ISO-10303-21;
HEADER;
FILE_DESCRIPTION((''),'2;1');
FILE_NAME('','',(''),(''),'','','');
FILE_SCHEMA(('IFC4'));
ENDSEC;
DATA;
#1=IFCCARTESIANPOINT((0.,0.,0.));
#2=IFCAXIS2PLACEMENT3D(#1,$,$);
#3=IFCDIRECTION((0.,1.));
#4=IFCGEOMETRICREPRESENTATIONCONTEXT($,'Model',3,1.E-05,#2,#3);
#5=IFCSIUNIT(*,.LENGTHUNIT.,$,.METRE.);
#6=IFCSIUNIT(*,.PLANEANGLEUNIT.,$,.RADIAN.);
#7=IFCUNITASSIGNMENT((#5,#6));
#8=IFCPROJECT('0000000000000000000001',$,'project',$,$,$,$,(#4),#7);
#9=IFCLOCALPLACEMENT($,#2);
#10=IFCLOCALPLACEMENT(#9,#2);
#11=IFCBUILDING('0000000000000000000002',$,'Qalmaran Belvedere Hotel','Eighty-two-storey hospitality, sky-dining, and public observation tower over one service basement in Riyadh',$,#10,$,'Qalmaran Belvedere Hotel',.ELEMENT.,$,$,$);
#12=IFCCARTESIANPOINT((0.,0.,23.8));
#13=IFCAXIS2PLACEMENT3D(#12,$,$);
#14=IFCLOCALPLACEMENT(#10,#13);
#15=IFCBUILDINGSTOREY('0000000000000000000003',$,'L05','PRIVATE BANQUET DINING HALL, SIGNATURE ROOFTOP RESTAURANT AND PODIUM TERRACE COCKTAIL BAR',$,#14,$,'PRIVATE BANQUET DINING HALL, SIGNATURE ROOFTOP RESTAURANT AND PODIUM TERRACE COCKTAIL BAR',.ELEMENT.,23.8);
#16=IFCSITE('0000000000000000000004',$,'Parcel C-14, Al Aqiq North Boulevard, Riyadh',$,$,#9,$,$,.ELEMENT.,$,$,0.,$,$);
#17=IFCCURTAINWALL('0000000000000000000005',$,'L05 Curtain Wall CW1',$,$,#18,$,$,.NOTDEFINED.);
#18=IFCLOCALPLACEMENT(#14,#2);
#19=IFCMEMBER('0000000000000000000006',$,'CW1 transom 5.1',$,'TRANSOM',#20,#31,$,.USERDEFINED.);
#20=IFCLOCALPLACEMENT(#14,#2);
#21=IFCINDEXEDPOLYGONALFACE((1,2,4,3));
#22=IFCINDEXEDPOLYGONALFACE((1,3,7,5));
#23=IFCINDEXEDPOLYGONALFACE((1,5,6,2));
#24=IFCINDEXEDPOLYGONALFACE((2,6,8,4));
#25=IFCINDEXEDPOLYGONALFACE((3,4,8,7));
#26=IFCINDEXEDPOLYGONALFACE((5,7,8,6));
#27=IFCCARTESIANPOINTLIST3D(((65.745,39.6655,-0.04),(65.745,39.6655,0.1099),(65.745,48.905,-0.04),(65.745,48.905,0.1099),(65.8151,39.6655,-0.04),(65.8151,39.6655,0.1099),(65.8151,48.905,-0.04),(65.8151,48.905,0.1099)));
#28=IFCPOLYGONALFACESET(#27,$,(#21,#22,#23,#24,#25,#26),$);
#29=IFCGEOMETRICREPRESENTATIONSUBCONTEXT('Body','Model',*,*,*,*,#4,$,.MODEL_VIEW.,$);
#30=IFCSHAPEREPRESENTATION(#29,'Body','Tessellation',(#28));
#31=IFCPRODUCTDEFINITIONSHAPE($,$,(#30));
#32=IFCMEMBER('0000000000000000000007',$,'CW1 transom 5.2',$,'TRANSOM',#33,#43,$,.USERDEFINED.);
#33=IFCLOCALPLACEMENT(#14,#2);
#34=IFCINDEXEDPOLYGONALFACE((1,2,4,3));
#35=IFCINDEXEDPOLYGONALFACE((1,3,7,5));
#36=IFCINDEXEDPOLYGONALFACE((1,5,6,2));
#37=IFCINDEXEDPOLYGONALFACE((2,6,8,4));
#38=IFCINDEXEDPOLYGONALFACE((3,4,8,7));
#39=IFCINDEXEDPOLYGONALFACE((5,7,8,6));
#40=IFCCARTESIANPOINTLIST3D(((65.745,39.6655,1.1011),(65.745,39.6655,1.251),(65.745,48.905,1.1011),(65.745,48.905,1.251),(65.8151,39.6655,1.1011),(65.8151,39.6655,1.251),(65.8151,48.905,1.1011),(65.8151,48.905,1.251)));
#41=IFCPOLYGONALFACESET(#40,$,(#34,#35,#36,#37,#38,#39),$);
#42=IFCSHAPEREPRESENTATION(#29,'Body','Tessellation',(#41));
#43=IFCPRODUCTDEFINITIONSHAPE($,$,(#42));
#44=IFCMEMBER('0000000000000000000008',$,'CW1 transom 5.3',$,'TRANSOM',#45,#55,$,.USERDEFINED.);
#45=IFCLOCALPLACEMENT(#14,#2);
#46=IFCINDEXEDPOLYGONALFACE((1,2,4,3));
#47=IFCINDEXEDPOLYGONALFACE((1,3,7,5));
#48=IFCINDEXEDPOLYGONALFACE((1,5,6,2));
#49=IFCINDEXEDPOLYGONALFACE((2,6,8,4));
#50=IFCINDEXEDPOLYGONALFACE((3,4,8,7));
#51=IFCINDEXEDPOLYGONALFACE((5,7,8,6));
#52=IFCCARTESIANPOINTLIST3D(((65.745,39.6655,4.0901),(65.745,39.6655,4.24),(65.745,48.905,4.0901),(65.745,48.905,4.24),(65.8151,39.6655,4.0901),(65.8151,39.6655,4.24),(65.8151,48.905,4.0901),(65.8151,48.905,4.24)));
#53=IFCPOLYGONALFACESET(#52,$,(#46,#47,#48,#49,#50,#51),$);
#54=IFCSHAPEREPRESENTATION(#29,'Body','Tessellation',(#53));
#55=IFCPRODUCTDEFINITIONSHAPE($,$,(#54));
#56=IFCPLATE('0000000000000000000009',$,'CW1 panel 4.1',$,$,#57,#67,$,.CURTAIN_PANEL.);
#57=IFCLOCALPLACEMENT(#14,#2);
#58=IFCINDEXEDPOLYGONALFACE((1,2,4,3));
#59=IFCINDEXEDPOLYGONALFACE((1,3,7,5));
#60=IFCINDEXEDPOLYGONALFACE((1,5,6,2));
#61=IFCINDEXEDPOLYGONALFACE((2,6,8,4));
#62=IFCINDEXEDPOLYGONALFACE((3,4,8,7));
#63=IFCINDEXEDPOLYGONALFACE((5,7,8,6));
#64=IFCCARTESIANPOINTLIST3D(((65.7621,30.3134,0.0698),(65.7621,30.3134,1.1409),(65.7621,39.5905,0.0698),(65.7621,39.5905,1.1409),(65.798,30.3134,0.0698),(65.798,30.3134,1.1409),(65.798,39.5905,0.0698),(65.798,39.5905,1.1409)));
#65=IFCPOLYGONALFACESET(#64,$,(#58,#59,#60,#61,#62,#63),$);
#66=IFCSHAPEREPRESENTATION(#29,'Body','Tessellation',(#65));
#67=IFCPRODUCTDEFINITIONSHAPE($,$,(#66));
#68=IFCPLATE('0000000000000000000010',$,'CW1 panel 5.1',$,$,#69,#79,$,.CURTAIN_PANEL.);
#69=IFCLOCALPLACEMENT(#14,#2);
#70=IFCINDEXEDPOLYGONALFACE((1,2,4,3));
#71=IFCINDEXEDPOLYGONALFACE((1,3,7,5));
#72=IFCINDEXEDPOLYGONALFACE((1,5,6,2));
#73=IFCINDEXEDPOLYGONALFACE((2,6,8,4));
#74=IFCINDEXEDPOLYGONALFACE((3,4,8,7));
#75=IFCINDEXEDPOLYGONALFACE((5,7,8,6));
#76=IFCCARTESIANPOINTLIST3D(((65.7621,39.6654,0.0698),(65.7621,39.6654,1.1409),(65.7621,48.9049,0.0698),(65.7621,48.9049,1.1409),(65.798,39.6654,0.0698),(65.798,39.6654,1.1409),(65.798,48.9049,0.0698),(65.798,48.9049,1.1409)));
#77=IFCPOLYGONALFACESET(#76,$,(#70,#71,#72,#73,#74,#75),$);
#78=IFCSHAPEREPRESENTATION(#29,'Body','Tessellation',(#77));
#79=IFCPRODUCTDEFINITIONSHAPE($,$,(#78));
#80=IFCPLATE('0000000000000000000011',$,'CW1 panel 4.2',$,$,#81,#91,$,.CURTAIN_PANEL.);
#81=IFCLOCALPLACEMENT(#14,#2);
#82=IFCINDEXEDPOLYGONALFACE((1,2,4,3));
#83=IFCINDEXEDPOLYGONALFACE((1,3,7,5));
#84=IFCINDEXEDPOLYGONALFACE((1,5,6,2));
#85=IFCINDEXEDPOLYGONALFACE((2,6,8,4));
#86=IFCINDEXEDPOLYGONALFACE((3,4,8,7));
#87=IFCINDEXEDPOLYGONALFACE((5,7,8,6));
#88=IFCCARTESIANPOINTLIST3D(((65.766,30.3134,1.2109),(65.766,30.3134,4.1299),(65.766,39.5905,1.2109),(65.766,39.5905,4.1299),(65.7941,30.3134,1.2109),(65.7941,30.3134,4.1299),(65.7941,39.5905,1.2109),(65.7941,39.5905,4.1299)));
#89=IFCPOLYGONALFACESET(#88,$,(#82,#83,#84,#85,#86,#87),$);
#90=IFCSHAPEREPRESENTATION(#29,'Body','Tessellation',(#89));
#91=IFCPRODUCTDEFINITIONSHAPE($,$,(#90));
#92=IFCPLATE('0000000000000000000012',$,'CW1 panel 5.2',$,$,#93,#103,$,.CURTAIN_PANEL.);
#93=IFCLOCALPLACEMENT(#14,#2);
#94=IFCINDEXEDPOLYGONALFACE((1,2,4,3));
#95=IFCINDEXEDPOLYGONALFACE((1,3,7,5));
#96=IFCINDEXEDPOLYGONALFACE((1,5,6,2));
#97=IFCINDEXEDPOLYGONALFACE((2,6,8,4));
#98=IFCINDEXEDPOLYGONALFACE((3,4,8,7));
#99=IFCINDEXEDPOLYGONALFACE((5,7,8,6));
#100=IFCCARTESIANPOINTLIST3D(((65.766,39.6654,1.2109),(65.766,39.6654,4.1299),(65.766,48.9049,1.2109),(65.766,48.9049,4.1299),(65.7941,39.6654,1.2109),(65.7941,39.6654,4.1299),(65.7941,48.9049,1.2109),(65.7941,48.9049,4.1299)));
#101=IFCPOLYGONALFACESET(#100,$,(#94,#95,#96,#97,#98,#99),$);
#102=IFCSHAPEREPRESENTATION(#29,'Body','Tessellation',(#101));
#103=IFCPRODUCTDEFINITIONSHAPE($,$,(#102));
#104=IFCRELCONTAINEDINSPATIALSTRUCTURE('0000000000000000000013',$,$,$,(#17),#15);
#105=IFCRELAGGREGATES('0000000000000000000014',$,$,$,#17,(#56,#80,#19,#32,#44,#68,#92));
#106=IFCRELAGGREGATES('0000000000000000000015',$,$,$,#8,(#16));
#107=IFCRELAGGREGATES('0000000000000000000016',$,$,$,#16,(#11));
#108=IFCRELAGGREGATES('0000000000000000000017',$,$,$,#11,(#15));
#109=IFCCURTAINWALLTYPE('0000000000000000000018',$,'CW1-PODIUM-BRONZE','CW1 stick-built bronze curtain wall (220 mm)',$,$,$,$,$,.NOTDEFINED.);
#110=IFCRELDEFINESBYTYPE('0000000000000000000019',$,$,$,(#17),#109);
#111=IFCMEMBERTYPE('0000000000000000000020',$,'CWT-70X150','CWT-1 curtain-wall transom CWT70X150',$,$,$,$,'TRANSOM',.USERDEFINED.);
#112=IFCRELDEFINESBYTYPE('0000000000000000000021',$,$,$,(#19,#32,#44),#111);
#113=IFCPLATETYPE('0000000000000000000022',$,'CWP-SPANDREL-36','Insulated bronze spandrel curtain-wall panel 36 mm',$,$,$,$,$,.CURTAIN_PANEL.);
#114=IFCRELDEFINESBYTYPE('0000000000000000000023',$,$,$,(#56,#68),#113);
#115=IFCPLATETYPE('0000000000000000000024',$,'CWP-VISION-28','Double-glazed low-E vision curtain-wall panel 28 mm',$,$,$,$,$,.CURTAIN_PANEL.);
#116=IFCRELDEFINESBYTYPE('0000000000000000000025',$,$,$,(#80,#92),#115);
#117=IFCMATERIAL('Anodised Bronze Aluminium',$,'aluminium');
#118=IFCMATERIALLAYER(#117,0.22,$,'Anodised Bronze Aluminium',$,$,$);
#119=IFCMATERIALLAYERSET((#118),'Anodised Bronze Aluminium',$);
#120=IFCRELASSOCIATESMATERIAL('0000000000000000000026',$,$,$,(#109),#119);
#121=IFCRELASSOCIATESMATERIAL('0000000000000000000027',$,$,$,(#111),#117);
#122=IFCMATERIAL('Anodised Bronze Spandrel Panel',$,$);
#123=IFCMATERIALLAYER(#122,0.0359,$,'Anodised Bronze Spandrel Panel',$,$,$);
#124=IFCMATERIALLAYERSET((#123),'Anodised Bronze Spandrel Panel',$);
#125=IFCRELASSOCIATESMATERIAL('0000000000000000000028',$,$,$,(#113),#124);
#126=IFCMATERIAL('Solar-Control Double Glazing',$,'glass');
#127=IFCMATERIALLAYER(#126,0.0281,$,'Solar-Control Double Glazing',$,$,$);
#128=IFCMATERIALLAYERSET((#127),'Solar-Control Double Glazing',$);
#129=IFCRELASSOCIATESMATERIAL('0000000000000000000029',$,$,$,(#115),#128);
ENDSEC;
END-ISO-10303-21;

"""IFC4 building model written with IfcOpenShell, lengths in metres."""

from ifc_helpers import new_model, si_unit, direction, frame, origin, origin_2d, place, context, subcontext, project, spatial, rectangle, extrude, material, layer, layer_set, material_profile, profile_set, type_object, element, aggregate, save


model = new_model("IFC4")

# Units and contexts
model_context = context("Model", 3, precision=1e-05, world=origin(), true_north=direction((0.0, 1.0)))
body_context = subcontext(model_context, "Body", "Model", "MODEL_VIEW")
ifc_project = project(units=[si_unit("LENGTHUNIT", "METRE"), si_unit("PLANEANGLEUNIT", "RADIAN")], contexts=[model_context])

# Site, building, storey
site_placement = place(None, origin())
site = spatial("IfcSite", under=ifc_project, at=site_placement, Name="Parcel C-14, Al Aqiq North Boulevard, Riyadh", CompositionType="ELEMENT", RefElevation=0.0)
building_placement = place(site_placement, origin())
building = spatial("IfcBuilding", under=site, at=building_placement, Name="Qalmaran Belvedere Hotel", Description="Eighty-two-storey hospitality, sky-dining, and public observation tower over one service basement in Riyadh", LongName="Qalmaran Belvedere Hotel", CompositionType="ELEMENT")
storey_placement = place(building_placement, frame((0.0, 0.0, 23.8)))
storey = spatial("IfcBuildingStorey", under=building, at=storey_placement, Name="L05", Description="PRIVATE BANQUET DINING HALL, SIGNATURE ROOFTOP RESTAURANT AND PODIUM TERRACE COCKTAIL BAR", LongName="PRIVATE BANQUET DINING HALL, SIGNATURE ROOFTOP RESTAURANT AND PODIUM TERRACE COCKTAIL BAR", CompositionType="ELEMENT", Elevation=23.8)

# Curtain wall, members, plates
ifc_material_1 = material(Name="Anodised Bronze Aluminium", Category="aluminium")
ifc_layer_1 = layer(ifc_material_1, 0.22, Name="Anodised Bronze Aluminium")
ifc_layer_set_1 = layer_set([ifc_layer_1], Name="Anodised Bronze Aluminium")
curtain_wall_type = type_object("IfcCurtainWallType", Name="CW1-PODIUM-BRONZE", Description="CW1 stick-built bronze curtain wall (220 mm)", PredefinedType="NOTDEFINED", material=ifc_layer_set_1)
curtain_wall_placement = place(storey_placement, origin())
curtain_wall = element("IfcCurtainWall", 1, at=curtain_wall_placement, inside=storey, type_object=curtain_wall_type, Name="L05 Curtain Wall CW1", PredefinedType="NOTDEFINED")
ifc_material_profile_1 = material_profile(ifc_material_1, rectangle(XDim=0.0701, YDim=0.1499, at=origin_2d()), Name="CWT70X150")
ifc_profile_set_1 = profile_set([ifc_material_profile_1], Name="Anodised Bronze Aluminium")
member_type_1 = type_object("IfcMemberType", Name="CWT-70X150", Description="CWT-1 curtain-wall transom CWT70X150", ElementType="TRANSOM", PredefinedType="USERDEFINED", material=ifc_profile_set_1)
member_1_placement = place(storey_placement, frame((65.78, 39.6655, 0.0349), z_axis=(0.0, 1.0, 0.0), x_axis=(-1.0, 0.0, 0.0)))
member_1 = element("IfcMember", 2, at=member_1_placement, type_object=member_type_1, Name="CW1 transom 5.1", ObjectType="TRANSOM", PredefinedType="USERDEFINED", context=body_context, shape_type="SweptSolid", body=[
    extrude(rectangle(XDim=0.0701, YDim=0.1499, at=origin_2d()), origin(), (0.0, 0.0, 1.0), 9.2395),
])
member_2_placement = place(storey_placement, frame((65.78, 39.6655, 1.176), z_axis=(0.0, 1.0, 0.0), x_axis=(-1.0, 0.0, 0.0)))
member_2 = element("IfcMember", 3, at=member_2_placement, type_object=member_type_1, Name="CW1 transom 5.2", ObjectType="TRANSOM", PredefinedType="USERDEFINED", context=body_context, shape_type="SweptSolid", body=[
    extrude(rectangle(XDim=0.0701, YDim=0.1499, at=origin_2d()), origin(), (0.0, 0.0, 1.0), 9.2395),
])
member_3_placement = place(storey_placement, frame((65.78, 39.6655, 4.165), z_axis=(0.0, 1.0, 0.0), x_axis=(-1.0, 0.0, 0.0)))
member_3 = element("IfcMember", 4, at=member_3_placement, type_object=member_type_1, Name="CW1 transom 5.3", ObjectType="TRANSOM", PredefinedType="USERDEFINED", context=body_context, shape_type="SweptSolid", body=[
    extrude(rectangle(XDim=0.0701, YDim=0.1499, at=origin_2d()), origin(), (0.0, 0.0, 1.0), 9.2395),
])
ifc_material_2 = material(Name="Anodised Bronze Spandrel Panel")
ifc_layer_2 = layer(ifc_material_2, 0.0359, Name="Anodised Bronze Spandrel Panel")
ifc_layer_set_2 = layer_set([ifc_layer_2], Name="Anodised Bronze Spandrel Panel")
plate_type_1 = type_object("IfcPlateType", Name="CWP-SPANDREL-36", Description="Insulated bronze spandrel curtain-wall panel 36 mm", PredefinedType="CURTAIN_PANEL", material=ifc_layer_set_2)
plate_1_placement = place(storey_placement, frame((65.78, 34.9519, 0.0698), z_axis=(0.0, 0.0, 1.0), x_axis=(0.0, 1.0, 0.0)))
plate_1 = element("IfcPlate", 5, at=plate_1_placement, type_object=plate_type_1, Name="CW1 panel 4.1", PredefinedType="CURTAIN_PANEL", context=body_context, shape_type="SweptSolid", body=[
    extrude(rectangle(XDim=9.2771, YDim=0.0359, at=origin_2d()), origin(), (0.0, 0.0, 1.0), 1.071),
])
plate_2_placement = place(storey_placement, frame((65.78, 44.2852, 0.0698), z_axis=(0.0, 0.0, 1.0), x_axis=(0.0, 1.0, 0.0)))
plate_2 = element("IfcPlate", 6, at=plate_2_placement, type_object=plate_type_1, Name="CW1 panel 5.1", PredefinedType="CURTAIN_PANEL", context=body_context, shape_type="SweptSolid", body=[
    extrude(rectangle(XDim=9.2395, YDim=0.0359, at=origin_2d()), origin(), (0.0, 0.0, 1.0), 1.071),
])
ifc_material_3 = material(Name="Solar-Control Double Glazing", Category="glass")
ifc_layer_3 = layer(ifc_material_3, 0.0281, Name="Solar-Control Double Glazing")
ifc_layer_set_3 = layer_set([ifc_layer_3], Name="Solar-Control Double Glazing")
plate_type_2 = type_object("IfcPlateType", Name="CWP-VISION-28", Description="Double-glazed low-E vision curtain-wall panel 28 mm", PredefinedType="CURTAIN_PANEL", material=ifc_layer_set_3)
plate_3_placement = place(storey_placement, frame((65.78, 34.9519, 1.2109), z_axis=(0.0, 0.0, 1.0), x_axis=(0.0, 1.0, 0.0)))
plate_3 = element("IfcPlate", 7, at=plate_3_placement, type_object=plate_type_2, Name="CW1 panel 4.2", PredefinedType="CURTAIN_PANEL", context=body_context, shape_type="SweptSolid", body=[
    extrude(rectangle(XDim=9.2771, YDim=0.0281, at=origin_2d()), origin(), (0.0, 0.0, 1.0), 2.9189),
])
plate_4_placement = place(storey_placement, frame((65.78, 44.2852, 1.2109), z_axis=(0.0, 0.0, 1.0), x_axis=(0.0, 1.0, 0.0)))
plate_4 = element("IfcPlate", 8, at=plate_4_placement, type_object=plate_type_2, Name="CW1 panel 5.2", PredefinedType="CURTAIN_PANEL", context=body_context, shape_type="SweptSolid", body=[
    extrude(rectangle(XDim=9.2395, YDim=0.0281, at=origin_2d()), origin(), (0.0, 0.0, 1.0), 2.9189),
])
aggregate(curtain_wall, [plate_1, plate_3, member_1, member_2, member_3, plate_2, plate_4])

save(model, "model.ifc")
